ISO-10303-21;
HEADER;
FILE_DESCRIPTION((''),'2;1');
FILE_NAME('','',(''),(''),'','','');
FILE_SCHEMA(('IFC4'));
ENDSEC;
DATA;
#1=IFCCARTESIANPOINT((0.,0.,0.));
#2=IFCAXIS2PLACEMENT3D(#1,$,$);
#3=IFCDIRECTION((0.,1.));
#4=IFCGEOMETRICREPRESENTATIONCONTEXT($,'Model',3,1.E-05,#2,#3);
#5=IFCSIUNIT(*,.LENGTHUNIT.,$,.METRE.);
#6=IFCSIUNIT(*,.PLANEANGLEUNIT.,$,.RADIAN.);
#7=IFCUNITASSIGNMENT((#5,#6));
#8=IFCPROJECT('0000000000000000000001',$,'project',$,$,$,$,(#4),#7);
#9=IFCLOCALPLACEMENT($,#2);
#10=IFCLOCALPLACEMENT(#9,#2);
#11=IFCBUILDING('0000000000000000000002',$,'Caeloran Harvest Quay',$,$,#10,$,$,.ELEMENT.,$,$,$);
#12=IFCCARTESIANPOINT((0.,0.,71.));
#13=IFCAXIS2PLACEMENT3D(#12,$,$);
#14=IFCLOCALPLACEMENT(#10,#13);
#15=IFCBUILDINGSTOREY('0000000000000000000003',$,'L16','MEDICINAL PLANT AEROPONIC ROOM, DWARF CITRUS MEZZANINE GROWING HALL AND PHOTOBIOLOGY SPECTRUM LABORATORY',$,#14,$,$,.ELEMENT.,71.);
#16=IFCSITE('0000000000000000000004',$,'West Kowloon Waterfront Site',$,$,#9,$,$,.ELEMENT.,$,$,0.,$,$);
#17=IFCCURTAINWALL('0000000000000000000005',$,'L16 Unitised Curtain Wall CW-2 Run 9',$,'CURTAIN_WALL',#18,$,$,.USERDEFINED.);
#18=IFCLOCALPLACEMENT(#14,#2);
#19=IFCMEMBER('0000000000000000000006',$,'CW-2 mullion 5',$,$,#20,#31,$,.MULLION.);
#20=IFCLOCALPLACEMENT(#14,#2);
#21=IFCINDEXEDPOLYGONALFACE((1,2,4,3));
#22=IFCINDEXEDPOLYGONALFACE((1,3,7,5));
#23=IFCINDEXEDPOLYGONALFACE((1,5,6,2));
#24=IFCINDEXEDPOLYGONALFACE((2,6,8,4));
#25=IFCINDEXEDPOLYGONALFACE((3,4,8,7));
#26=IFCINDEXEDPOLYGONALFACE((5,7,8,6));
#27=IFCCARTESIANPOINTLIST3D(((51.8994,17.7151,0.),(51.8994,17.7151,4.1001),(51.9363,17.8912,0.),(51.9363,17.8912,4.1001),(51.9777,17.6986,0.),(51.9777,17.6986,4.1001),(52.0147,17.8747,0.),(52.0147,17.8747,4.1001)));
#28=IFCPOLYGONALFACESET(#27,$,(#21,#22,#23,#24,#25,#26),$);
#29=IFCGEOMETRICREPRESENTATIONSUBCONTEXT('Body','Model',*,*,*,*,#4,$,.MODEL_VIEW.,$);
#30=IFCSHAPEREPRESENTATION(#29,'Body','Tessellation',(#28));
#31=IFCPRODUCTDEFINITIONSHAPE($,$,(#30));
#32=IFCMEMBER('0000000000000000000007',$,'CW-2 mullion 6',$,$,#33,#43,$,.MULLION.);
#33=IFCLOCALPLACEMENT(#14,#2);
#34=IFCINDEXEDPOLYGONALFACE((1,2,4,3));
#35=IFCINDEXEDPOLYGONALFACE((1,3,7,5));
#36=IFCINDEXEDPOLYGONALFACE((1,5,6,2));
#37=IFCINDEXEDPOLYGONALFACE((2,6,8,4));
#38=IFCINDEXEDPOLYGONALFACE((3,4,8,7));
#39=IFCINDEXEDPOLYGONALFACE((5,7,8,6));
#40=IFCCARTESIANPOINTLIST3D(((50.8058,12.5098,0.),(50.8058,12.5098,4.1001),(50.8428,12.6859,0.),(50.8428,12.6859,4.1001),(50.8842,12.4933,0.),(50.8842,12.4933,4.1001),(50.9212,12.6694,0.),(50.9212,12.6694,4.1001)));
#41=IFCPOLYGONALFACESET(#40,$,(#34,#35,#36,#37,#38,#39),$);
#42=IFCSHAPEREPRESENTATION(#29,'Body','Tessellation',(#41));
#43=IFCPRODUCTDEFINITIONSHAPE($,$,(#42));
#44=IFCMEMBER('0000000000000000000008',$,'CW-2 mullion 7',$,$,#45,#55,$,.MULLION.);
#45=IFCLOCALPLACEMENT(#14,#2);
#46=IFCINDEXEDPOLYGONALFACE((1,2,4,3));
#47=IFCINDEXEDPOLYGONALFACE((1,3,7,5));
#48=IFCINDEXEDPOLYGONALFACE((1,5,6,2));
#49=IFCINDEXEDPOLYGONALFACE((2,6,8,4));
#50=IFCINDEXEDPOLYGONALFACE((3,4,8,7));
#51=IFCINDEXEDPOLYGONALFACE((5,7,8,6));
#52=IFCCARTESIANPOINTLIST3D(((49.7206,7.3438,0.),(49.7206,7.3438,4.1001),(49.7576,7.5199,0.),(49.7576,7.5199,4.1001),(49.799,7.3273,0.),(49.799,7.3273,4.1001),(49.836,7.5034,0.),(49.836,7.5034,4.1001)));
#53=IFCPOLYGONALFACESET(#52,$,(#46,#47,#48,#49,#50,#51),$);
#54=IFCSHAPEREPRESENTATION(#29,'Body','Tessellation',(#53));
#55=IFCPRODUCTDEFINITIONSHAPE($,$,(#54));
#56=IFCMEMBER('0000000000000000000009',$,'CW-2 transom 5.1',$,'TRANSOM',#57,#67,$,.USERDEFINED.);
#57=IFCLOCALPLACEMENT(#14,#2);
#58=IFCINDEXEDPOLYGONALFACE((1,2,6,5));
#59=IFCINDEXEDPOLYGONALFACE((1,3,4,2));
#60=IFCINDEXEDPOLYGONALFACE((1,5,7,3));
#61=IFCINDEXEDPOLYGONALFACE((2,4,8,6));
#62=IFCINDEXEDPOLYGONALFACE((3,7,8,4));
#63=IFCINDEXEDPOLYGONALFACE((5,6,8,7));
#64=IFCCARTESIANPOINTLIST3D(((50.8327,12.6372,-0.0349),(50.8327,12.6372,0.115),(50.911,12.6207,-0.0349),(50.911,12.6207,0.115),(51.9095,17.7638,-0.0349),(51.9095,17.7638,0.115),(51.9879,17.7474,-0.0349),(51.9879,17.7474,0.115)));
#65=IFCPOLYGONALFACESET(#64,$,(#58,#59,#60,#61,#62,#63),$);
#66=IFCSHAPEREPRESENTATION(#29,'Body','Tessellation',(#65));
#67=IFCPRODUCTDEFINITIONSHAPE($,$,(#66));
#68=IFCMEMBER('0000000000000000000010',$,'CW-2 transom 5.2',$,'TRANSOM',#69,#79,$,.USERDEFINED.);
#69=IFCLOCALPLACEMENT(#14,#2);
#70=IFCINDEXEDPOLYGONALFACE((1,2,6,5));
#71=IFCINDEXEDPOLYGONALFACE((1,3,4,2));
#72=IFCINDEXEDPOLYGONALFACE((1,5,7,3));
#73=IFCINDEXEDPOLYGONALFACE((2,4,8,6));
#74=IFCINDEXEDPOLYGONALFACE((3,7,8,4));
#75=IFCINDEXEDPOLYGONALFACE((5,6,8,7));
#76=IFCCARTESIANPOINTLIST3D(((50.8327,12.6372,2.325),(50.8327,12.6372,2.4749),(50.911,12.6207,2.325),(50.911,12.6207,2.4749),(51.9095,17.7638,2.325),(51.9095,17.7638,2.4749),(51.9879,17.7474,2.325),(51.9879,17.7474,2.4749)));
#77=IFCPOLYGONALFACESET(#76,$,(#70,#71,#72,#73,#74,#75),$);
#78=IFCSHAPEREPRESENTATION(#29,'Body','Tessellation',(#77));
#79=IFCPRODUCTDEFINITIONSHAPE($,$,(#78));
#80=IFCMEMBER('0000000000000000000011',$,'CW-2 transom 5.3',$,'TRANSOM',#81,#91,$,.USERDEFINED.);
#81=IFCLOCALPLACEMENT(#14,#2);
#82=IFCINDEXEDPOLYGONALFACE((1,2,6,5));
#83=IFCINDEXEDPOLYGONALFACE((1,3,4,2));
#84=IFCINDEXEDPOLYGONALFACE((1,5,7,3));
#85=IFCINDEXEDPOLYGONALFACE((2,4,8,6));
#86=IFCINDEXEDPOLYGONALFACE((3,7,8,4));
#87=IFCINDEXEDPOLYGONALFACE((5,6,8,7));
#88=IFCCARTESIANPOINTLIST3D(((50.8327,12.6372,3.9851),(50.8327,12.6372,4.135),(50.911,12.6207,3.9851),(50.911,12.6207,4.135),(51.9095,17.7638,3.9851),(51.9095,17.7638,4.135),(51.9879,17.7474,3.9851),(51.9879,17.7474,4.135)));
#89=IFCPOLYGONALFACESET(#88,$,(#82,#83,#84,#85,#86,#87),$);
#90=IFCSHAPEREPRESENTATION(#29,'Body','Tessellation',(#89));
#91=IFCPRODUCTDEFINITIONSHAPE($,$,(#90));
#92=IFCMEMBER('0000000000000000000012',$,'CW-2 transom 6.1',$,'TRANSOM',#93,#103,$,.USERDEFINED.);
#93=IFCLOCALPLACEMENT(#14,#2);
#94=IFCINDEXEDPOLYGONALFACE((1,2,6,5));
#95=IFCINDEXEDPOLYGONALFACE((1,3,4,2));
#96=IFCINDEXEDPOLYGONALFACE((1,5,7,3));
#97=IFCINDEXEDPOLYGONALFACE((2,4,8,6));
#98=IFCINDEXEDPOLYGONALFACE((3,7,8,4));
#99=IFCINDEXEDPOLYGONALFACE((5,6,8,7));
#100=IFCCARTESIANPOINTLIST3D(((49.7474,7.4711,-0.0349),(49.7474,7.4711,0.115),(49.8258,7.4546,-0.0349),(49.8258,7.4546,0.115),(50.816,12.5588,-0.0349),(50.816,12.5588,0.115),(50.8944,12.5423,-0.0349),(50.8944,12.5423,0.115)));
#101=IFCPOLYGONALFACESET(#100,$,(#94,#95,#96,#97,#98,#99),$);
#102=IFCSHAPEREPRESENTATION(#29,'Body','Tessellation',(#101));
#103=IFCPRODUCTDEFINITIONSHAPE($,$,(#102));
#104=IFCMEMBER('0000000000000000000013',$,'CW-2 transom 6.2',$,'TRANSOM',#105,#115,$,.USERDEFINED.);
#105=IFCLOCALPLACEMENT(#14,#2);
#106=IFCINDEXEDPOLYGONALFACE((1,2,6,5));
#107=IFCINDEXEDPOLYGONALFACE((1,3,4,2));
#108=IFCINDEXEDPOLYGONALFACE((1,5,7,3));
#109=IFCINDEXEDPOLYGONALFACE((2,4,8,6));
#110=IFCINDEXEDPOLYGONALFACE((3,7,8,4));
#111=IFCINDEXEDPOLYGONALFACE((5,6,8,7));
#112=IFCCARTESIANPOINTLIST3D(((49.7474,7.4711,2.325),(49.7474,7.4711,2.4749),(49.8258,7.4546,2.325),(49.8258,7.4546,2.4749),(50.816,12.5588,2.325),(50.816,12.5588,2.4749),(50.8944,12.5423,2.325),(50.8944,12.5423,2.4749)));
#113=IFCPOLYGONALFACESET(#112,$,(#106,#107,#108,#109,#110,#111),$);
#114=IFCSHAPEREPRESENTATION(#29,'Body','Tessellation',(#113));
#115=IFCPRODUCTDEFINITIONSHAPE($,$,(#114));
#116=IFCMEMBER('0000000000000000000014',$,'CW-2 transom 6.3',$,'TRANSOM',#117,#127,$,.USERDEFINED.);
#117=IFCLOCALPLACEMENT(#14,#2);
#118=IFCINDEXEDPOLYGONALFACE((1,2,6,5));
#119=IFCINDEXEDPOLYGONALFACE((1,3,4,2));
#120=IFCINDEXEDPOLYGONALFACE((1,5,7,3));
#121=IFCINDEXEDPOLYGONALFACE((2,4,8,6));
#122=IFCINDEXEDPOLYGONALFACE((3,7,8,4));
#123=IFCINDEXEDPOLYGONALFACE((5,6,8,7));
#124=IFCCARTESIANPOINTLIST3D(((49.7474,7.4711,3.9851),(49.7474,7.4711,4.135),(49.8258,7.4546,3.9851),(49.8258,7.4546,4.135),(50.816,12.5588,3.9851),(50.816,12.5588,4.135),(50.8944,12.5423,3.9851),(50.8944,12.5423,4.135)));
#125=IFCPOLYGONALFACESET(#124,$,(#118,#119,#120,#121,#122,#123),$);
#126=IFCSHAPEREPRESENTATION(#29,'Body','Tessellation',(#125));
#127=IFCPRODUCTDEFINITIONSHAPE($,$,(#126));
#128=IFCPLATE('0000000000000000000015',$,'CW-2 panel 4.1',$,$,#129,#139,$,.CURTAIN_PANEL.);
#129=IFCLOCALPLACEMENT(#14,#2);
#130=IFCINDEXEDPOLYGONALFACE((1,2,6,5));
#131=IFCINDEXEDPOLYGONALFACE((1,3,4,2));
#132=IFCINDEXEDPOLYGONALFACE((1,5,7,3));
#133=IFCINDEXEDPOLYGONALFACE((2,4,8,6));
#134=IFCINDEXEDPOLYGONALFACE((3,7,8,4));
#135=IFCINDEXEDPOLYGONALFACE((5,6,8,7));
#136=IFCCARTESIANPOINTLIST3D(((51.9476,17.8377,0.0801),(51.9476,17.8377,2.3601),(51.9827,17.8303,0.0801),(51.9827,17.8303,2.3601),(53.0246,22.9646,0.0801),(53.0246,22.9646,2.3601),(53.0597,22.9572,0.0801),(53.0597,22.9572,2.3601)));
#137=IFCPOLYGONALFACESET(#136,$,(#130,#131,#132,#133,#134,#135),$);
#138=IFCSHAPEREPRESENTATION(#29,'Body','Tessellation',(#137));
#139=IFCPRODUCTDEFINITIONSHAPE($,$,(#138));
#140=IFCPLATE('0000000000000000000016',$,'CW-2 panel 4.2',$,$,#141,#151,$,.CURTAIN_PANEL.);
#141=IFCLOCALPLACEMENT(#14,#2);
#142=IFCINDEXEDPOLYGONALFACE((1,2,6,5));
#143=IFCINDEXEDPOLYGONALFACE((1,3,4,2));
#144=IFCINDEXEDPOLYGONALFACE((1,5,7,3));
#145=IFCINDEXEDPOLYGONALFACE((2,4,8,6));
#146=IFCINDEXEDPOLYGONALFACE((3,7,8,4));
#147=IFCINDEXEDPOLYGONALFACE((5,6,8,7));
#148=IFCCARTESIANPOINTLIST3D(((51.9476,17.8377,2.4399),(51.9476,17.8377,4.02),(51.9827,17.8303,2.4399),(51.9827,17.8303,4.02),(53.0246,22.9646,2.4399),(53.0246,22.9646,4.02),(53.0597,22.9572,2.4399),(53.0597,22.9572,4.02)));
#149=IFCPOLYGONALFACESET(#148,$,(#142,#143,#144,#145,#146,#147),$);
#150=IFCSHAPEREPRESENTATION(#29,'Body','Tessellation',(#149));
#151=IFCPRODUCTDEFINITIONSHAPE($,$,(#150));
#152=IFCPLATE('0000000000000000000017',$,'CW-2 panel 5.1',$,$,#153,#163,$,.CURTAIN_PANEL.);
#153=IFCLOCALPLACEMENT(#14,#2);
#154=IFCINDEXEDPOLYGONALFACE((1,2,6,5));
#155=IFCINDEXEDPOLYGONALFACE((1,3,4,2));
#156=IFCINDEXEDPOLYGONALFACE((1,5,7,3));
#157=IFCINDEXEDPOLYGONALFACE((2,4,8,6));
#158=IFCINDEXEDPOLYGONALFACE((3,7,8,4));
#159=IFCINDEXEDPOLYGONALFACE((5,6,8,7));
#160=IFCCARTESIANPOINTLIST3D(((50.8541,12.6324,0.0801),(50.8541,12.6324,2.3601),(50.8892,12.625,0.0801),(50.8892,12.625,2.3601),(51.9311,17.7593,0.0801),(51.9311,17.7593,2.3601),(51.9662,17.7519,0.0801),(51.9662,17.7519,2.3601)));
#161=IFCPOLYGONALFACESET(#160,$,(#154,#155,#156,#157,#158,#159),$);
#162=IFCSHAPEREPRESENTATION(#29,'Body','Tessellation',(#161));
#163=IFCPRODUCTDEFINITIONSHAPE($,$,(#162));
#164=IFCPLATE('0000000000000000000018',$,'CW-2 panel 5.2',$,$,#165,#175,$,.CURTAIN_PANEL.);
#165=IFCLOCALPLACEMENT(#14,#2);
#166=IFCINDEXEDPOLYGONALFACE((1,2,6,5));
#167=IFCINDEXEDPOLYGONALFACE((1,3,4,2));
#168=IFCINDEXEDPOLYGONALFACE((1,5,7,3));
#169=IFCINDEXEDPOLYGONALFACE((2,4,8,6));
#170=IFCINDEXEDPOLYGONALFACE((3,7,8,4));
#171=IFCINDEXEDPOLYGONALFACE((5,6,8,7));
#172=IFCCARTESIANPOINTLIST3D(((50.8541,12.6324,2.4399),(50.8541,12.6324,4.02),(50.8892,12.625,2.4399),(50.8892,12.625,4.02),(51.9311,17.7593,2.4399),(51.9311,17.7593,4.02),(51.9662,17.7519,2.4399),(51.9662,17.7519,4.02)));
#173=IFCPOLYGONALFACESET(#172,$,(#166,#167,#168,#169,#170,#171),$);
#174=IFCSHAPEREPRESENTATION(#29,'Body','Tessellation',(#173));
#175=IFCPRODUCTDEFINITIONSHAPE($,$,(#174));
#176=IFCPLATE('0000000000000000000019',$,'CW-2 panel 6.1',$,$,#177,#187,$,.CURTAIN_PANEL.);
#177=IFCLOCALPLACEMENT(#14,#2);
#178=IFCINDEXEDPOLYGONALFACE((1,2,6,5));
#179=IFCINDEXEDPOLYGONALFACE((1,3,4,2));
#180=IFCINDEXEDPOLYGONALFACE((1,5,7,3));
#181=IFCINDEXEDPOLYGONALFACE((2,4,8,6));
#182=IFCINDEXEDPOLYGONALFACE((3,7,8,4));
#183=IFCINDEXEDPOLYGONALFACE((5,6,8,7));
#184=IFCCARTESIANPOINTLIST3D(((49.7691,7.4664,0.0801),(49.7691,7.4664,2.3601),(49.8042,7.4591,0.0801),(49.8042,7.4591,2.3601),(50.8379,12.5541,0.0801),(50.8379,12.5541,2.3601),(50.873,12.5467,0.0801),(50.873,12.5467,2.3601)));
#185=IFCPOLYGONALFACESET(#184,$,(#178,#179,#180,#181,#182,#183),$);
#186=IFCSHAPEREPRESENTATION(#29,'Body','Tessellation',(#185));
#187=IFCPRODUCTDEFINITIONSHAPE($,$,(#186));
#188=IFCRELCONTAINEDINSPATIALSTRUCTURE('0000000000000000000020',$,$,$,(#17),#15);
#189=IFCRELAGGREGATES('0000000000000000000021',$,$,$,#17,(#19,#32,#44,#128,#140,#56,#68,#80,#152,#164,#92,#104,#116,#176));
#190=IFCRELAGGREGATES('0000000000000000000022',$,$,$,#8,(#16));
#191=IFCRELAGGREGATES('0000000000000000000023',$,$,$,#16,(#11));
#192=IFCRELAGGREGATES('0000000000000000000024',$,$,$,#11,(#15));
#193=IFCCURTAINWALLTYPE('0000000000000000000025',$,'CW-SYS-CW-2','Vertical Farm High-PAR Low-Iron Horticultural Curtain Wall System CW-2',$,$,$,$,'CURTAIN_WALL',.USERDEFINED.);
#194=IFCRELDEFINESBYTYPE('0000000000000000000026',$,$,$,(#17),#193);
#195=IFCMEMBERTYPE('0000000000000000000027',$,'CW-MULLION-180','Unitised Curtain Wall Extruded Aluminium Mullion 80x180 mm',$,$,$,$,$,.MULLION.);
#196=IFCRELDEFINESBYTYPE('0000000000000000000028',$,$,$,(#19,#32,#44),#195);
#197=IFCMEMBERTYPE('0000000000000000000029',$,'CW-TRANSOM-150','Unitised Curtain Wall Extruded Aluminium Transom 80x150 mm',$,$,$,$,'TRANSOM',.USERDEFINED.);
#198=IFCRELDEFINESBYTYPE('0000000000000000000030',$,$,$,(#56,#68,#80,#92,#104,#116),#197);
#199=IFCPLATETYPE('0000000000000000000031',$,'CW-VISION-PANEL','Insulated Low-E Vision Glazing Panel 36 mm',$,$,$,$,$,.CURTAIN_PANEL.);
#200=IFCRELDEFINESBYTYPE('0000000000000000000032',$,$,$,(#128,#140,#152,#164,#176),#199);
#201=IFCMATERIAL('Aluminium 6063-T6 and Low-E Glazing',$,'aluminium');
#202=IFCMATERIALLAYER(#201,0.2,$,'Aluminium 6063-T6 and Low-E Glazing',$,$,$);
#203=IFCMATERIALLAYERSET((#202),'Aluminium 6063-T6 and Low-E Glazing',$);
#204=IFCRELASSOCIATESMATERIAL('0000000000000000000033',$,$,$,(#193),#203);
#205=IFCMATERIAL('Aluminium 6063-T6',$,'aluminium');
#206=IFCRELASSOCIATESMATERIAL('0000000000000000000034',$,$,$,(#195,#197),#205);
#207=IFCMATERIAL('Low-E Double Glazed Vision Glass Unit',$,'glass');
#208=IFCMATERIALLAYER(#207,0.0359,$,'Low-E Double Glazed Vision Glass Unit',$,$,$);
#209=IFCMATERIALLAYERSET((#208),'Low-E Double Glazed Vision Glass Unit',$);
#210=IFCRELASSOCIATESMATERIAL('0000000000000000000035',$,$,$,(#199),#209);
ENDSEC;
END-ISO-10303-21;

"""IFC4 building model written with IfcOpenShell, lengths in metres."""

from ifc_helpers import new_model, si_unit, direction, frame, origin, origin_2d, place, context, subcontext, project, spatial, rectangle, extrude, material, layer, layer_set, material_profile, profile_set, type_object, element, aggregate, save


model = new_model("IFC4")

# Units and contexts
model_context = context("Model", 3, precision=1e-05, world=origin(), true_north=direction((0.0, 1.0)))
body_context = subcontext(model_context, "Body", "Model", "MODEL_VIEW")
ifc_project = project(units=[si_unit("LENGTHUNIT", "METRE"), si_unit("PLANEANGLEUNIT", "RADIAN")], contexts=[model_context])

# Site, building, storey
site_placement = place(None, origin())
site = spatial("IfcSite", under=ifc_project, at=site_placement, Name="West Kowloon Waterfront Site", CompositionType="ELEMENT", RefElevation=0.0)
building_placement = place(site_placement, origin())
building = spatial("IfcBuilding", under=site, at=building_placement, Name="Caeloran Harvest Quay", CompositionType="ELEMENT")
storey_placement = place(building_placement, frame((0.0, 0.0, 71.0)))
storey = spatial("IfcBuildingStorey", under=building, at=storey_placement, Name="L16", Description="MEDICINAL PLANT AEROPONIC ROOM, DWARF CITRUS MEZZANINE GROWING HALL AND PHOTOBIOLOGY SPECTRUM LABORATORY", CompositionType="ELEMENT", Elevation=71.0)

# Curtain wall, members, plates
ifc_material_1 = material(Name="Aluminium 6063-T6 and Low-E Glazing", Category="aluminium")
ifc_layer_1 = layer(ifc_material_1, 0.2, Name="Aluminium 6063-T6 and Low-E Glazing")
ifc_layer_set_1 = layer_set([ifc_layer_1], Name="Aluminium 6063-T6 and Low-E Glazing")
curtain_wall_type = type_object("IfcCurtainWallType", Name="CW-SYS-CW-2", Description="Vertical Farm High-PAR Low-Iron Horticultural Curtain Wall System CW-2", ElementType="CURTAIN_WALL", PredefinedType="USERDEFINED", material=ifc_layer_set_1)
curtain_wall_placement = place(storey_placement, origin())
curtain_wall = element("IfcCurtainWall", 1, at=curtain_wall_placement, inside=storey, type_object=curtain_wall_type, Name="L16 Unitised Curtain Wall CW-2 Run 9", ObjectType="CURTAIN_WALL", PredefinedType="USERDEFINED")
ifc_material_2 = material(Name="Aluminium 6063-T6", Category="aluminium")
ifc_material_profile_1 = material_profile(ifc_material_2, rectangle(XDim=0.0801, YDim=0.1799, at=origin_2d()), Name="CW-MULLION-180")
ifc_profile_set_1 = profile_set([ifc_material_profile_1], Name="Aluminium 6063-T6")
member_type_1 = type_object("IfcMemberType", Name="CW-MULLION-180", Description="Unitised Curtain Wall Extruded Aluminium Mullion 80x180 mm", PredefinedType="MULLION", material=ifc_profile_set_1)
member_1_placement = place(storey_placement, frame((51.957, 17.7949, 0.0), z_axis=(0.0, 0.0, 1.0), x_axis=(0.97864, -0.205583, 0.0)))
member_1 = element("IfcMember", 2, at=member_1_placement, type_object=member_type_1, Name="CW-2 mullion 5", PredefinedType="MULLION", context=body_context, shape_type="SweptSolid", body=[
    extrude(rectangle(XDim=0.0801, YDim=0.1799, at=origin_2d()), origin(), (0.0, 0.0, 1.0), 4.1001),
])
member_2_placement = place(storey_placement, frame((50.8635, 12.5896, 0.0), z_axis=(0.0, 0.0, 1.0), x_axis=(0.97864, -0.205583, 0.0)))
member_2 = element("IfcMember", 3, at=member_2_placement, type_object=member_type_1, Name="CW-2 mullion 6", PredefinedType="MULLION", context=body_context, shape_type="SweptSolid", body=[
    extrude(rectangle(XDim=0.0801, YDim=0.1799, at=origin_2d()), origin(), (0.0, 0.0, 1.0), 4.1001),
])
member_3_placement = place(storey_placement, frame((49.7783, 7.4236, 0.0), z_axis=(0.0, 0.0, 1.0), x_axis=(0.97864, -0.205583, 0.0)))
member_3 = element("IfcMember", 4, at=member_3_placement, type_object=member_type_1, Name="CW-2 mullion 7", PredefinedType="MULLION", context=body_context, shape_type="SweptSolid", body=[
    extrude(rectangle(XDim=0.0801, YDim=0.1799, at=origin_2d()), origin(), (0.0, 0.0, 1.0), 4.1001),
])
ifc_material_profile_2 = material_profile(ifc_material_2, rectangle(XDim=0.0801, YDim=0.1499, at=origin_2d()), Name="CW-TRANSOM-150")
ifc_profile_set_2 = profile_set([ifc_material_profile_2], Name="Aluminium 6063-T6")
member_type_2 = type_object("IfcMemberType", Name="CW-TRANSOM-150", Description="Unitised Curtain Wall Extruded Aluminium Transom 80x150 mm", ElementType="TRANSOM", PredefinedType="USERDEFINED", material=ifc_profile_set_2)
member_4_placement = place(storey_placement, frame((51.9487, 17.7556, 0.04), z_axis=(-0.205571, -0.978642, 0.0), x_axis=(0.978642, -0.205571, 0.0)))
member_4 = element("IfcMember", 5, at=member_4_placement, type_object=member_type_2, Name="CW-2 transom 5.1", ObjectType="TRANSOM", PredefinedType="USERDEFINED", context=body_context, shape_type="SweptSolid", body=[
    extrude(rectangle(XDim=0.0801, YDim=0.1499, at=origin_2d()), origin(), (0.0, 0.0, 1.0), 5.2385),
])
member_5_placement = place(storey_placement, frame((51.9487, 17.7556, 2.3999), z_axis=(-0.205571, -0.978642, 0.0), x_axis=(0.978642, -0.205571, 0.0)))
member_5 = element("IfcMember", 6, at=member_5_placement, type_object=member_type_2, Name="CW-2 transom 5.2", ObjectType="TRANSOM", PredefinedType="USERDEFINED", context=body_context, shape_type="SweptSolid", body=[
    extrude(rectangle(XDim=0.0801, YDim=0.1499, at=origin_2d()), origin(), (0.0, 0.0, 1.0), 5.2385),
])
member_6_placement = place(storey_placement, frame((51.9487, 17.7556, 4.0601), z_axis=(-0.205571, -0.978642, 0.0), x_axis=(0.978642, -0.205571, 0.0)))
member_6 = element("IfcMember", 7, at=member_6_placement, type_object=member_type_2, Name="CW-2 transom 5.3", ObjectType="TRANSOM", PredefinedType="USERDEFINED", context=body_context, shape_type="SweptSolid", body=[
    extrude(rectangle(XDim=0.0801, YDim=0.1499, at=origin_2d()), origin(), (0.0, 0.0, 1.0), 5.2385),
])
member_7_placement = place(storey_placement, frame((50.8552, 12.5505, 0.04), z_axis=(-0.205554, -0.978646, 0.0), x_axis=(0.978646, -0.205554, 0.0)))
member_7 = element("IfcMember", 8, at=member_7_placement, type_object=member_type_2, Name="CW-2 transom 6.1", ObjectType="TRANSOM", PredefinedType="USERDEFINED", context=body_context, shape_type="SweptSolid", body=[
    extrude(rectangle(XDim=0.0801, YDim=0.1499, at=origin_2d()), origin(), (0.0, 0.0, 1.0), 5.1987),
])
member_8_placement = place(storey_placement, frame((50.8552, 12.5505, 2.3999), z_axis=(-0.205554, -0.978646, 0.0), x_axis=(0.978646, -0.205554, 0.0)))
member_8 = element("IfcMember", 9, at=member_8_placement, type_object=member_type_2, Name="CW-2 transom 6.2", ObjectType="TRANSOM", PredefinedType="USERDEFINED", context=body_context, shape_type="SweptSolid", body=[
    extrude(rectangle(XDim=0.0801, YDim=0.1499, at=origin_2d()), origin(), (0.0, 0.0, 1.0), 5.1987),
])
member_9_placement = place(storey_placement, frame((50.8552, 12.5505, 4.0601), z_axis=(-0.205554, -0.978646, 0.0), x_axis=(0.978646, -0.205554, 0.0)))
member_9 = element("IfcMember", 10, at=member_9_placement, type_object=member_type_2, Name="CW-2 transom 6.3", ObjectType="TRANSOM", PredefinedType="USERDEFINED", context=body_context, shape_type="SweptSolid", body=[
    extrude(rectangle(XDim=0.0801, YDim=0.1499, at=origin_2d()), origin(), (0.0, 0.0, 1.0), 5.1987),
])
ifc_material_3 = material(Name="Low-E Double Glazed Vision Glass Unit", Category="glass")
ifc_layer_2 = layer(ifc_material_3, 0.0359, Name="Low-E Double Glazed Vision Glass Unit")
ifc_layer_set_2 = layer_set([ifc_layer_2], Name="Low-E Double Glazed Vision Glass Unit")
plate_type_1 = type_object("IfcPlateType", Name="CW-VISION-PANEL", Description="Insulated Low-E Vision Glazing Panel 36 mm", PredefinedType="CURTAIN_PANEL", material=ifc_layer_set_2)
plate_1_placement = place(storey_placement, frame((52.5037, 20.3975, 0.0801), z_axis=(0.0, 0.0, 1.0), x_axis=(-0.205583, -0.97864, 0.0)))
plate_1 = element("IfcPlate", 11, at=plate_1_placement, type_object=plate_type_1, Name="CW-2 panel 4.1", PredefinedType="CURTAIN_PANEL", context=body_context, shape_type="SweptSolid", body=[
    extrude(rectangle(XDim=5.2388, YDim=0.0359, at=origin_2d()), origin(), (0.0, 0.0, 1.0), 2.28),
])
plate_2_placement = place(storey_placement, frame((52.5037, 20.3975, 2.4399), z_axis=(0.0, 0.0, 1.0), x_axis=(-0.205583, -0.97864, 0.0)))
plate_2 = element("IfcPlate", 12, at=plate_2_placement, type_object=plate_type_1, Name="CW-2 panel 4.2", PredefinedType="CURTAIN_PANEL", context=body_context, shape_type="SweptSolid", body=[
    extrude(rectangle(XDim=5.2388, YDim=0.0359, at=origin_2d()), origin(), (0.0, 0.0, 1.0), 1.5801),
])
plate_3_placement = place(storey_placement, frame((51.4102, 15.1921, 0.0801), z_axis=(0.0, 0.0, 1.0), x_axis=(-0.205583, -0.97864, 0.0)))
plate_3 = element("IfcPlate", 13, at=plate_3_placement, type_object=plate_type_1, Name="CW-2 panel 5.1", PredefinedType="CURTAIN_PANEL", context=body_context, shape_type="SweptSolid", body=[
    extrude(rectangle(XDim=5.2388, YDim=0.0359, at=origin_2d()), origin(), (0.0, 0.0, 1.0), 2.28),
])
plate_4_placement = place(storey_placement, frame((51.4102, 15.1921, 2.4399), z_axis=(0.0, 0.0, 1.0), x_axis=(-0.205583, -0.97864, 0.0)))
plate_4 = element("IfcPlate", 14, at=plate_4_placement, type_object=plate_type_1, Name="CW-2 panel 5.2", PredefinedType="CURTAIN_PANEL", context=body_context, shape_type="SweptSolid", body=[
    extrude(rectangle(XDim=5.2388, YDim=0.0359, at=origin_2d()), origin(), (0.0, 0.0, 1.0), 1.5801),
])
plate_5_placement = place(storey_placement, frame((50.321, 10.0066, 0.0801), z_axis=(0.0, 0.0, 1.0), x_axis=(-0.205583, -0.97864, 0.0)))
plate_5 = element("IfcPlate", 15, at=plate_5_placement, type_object=plate_type_1, Name="CW-2 panel 6.1", PredefinedType="CURTAIN_PANEL", context=body_context, shape_type="SweptSolid", body=[
    extrude(rectangle(XDim=5.1987, YDim=0.0359, at=origin_2d()), origin(), (0.0, 0.0, 1.0), 2.28),
])
aggregate(curtain_wall, [member_1, member_2, member_3, plate_1, plate_2, member_4, member_5, member_6, plate_3, plate_4, member_7, member_8, member_9, plate_5])

save(model, "model.ifc")
